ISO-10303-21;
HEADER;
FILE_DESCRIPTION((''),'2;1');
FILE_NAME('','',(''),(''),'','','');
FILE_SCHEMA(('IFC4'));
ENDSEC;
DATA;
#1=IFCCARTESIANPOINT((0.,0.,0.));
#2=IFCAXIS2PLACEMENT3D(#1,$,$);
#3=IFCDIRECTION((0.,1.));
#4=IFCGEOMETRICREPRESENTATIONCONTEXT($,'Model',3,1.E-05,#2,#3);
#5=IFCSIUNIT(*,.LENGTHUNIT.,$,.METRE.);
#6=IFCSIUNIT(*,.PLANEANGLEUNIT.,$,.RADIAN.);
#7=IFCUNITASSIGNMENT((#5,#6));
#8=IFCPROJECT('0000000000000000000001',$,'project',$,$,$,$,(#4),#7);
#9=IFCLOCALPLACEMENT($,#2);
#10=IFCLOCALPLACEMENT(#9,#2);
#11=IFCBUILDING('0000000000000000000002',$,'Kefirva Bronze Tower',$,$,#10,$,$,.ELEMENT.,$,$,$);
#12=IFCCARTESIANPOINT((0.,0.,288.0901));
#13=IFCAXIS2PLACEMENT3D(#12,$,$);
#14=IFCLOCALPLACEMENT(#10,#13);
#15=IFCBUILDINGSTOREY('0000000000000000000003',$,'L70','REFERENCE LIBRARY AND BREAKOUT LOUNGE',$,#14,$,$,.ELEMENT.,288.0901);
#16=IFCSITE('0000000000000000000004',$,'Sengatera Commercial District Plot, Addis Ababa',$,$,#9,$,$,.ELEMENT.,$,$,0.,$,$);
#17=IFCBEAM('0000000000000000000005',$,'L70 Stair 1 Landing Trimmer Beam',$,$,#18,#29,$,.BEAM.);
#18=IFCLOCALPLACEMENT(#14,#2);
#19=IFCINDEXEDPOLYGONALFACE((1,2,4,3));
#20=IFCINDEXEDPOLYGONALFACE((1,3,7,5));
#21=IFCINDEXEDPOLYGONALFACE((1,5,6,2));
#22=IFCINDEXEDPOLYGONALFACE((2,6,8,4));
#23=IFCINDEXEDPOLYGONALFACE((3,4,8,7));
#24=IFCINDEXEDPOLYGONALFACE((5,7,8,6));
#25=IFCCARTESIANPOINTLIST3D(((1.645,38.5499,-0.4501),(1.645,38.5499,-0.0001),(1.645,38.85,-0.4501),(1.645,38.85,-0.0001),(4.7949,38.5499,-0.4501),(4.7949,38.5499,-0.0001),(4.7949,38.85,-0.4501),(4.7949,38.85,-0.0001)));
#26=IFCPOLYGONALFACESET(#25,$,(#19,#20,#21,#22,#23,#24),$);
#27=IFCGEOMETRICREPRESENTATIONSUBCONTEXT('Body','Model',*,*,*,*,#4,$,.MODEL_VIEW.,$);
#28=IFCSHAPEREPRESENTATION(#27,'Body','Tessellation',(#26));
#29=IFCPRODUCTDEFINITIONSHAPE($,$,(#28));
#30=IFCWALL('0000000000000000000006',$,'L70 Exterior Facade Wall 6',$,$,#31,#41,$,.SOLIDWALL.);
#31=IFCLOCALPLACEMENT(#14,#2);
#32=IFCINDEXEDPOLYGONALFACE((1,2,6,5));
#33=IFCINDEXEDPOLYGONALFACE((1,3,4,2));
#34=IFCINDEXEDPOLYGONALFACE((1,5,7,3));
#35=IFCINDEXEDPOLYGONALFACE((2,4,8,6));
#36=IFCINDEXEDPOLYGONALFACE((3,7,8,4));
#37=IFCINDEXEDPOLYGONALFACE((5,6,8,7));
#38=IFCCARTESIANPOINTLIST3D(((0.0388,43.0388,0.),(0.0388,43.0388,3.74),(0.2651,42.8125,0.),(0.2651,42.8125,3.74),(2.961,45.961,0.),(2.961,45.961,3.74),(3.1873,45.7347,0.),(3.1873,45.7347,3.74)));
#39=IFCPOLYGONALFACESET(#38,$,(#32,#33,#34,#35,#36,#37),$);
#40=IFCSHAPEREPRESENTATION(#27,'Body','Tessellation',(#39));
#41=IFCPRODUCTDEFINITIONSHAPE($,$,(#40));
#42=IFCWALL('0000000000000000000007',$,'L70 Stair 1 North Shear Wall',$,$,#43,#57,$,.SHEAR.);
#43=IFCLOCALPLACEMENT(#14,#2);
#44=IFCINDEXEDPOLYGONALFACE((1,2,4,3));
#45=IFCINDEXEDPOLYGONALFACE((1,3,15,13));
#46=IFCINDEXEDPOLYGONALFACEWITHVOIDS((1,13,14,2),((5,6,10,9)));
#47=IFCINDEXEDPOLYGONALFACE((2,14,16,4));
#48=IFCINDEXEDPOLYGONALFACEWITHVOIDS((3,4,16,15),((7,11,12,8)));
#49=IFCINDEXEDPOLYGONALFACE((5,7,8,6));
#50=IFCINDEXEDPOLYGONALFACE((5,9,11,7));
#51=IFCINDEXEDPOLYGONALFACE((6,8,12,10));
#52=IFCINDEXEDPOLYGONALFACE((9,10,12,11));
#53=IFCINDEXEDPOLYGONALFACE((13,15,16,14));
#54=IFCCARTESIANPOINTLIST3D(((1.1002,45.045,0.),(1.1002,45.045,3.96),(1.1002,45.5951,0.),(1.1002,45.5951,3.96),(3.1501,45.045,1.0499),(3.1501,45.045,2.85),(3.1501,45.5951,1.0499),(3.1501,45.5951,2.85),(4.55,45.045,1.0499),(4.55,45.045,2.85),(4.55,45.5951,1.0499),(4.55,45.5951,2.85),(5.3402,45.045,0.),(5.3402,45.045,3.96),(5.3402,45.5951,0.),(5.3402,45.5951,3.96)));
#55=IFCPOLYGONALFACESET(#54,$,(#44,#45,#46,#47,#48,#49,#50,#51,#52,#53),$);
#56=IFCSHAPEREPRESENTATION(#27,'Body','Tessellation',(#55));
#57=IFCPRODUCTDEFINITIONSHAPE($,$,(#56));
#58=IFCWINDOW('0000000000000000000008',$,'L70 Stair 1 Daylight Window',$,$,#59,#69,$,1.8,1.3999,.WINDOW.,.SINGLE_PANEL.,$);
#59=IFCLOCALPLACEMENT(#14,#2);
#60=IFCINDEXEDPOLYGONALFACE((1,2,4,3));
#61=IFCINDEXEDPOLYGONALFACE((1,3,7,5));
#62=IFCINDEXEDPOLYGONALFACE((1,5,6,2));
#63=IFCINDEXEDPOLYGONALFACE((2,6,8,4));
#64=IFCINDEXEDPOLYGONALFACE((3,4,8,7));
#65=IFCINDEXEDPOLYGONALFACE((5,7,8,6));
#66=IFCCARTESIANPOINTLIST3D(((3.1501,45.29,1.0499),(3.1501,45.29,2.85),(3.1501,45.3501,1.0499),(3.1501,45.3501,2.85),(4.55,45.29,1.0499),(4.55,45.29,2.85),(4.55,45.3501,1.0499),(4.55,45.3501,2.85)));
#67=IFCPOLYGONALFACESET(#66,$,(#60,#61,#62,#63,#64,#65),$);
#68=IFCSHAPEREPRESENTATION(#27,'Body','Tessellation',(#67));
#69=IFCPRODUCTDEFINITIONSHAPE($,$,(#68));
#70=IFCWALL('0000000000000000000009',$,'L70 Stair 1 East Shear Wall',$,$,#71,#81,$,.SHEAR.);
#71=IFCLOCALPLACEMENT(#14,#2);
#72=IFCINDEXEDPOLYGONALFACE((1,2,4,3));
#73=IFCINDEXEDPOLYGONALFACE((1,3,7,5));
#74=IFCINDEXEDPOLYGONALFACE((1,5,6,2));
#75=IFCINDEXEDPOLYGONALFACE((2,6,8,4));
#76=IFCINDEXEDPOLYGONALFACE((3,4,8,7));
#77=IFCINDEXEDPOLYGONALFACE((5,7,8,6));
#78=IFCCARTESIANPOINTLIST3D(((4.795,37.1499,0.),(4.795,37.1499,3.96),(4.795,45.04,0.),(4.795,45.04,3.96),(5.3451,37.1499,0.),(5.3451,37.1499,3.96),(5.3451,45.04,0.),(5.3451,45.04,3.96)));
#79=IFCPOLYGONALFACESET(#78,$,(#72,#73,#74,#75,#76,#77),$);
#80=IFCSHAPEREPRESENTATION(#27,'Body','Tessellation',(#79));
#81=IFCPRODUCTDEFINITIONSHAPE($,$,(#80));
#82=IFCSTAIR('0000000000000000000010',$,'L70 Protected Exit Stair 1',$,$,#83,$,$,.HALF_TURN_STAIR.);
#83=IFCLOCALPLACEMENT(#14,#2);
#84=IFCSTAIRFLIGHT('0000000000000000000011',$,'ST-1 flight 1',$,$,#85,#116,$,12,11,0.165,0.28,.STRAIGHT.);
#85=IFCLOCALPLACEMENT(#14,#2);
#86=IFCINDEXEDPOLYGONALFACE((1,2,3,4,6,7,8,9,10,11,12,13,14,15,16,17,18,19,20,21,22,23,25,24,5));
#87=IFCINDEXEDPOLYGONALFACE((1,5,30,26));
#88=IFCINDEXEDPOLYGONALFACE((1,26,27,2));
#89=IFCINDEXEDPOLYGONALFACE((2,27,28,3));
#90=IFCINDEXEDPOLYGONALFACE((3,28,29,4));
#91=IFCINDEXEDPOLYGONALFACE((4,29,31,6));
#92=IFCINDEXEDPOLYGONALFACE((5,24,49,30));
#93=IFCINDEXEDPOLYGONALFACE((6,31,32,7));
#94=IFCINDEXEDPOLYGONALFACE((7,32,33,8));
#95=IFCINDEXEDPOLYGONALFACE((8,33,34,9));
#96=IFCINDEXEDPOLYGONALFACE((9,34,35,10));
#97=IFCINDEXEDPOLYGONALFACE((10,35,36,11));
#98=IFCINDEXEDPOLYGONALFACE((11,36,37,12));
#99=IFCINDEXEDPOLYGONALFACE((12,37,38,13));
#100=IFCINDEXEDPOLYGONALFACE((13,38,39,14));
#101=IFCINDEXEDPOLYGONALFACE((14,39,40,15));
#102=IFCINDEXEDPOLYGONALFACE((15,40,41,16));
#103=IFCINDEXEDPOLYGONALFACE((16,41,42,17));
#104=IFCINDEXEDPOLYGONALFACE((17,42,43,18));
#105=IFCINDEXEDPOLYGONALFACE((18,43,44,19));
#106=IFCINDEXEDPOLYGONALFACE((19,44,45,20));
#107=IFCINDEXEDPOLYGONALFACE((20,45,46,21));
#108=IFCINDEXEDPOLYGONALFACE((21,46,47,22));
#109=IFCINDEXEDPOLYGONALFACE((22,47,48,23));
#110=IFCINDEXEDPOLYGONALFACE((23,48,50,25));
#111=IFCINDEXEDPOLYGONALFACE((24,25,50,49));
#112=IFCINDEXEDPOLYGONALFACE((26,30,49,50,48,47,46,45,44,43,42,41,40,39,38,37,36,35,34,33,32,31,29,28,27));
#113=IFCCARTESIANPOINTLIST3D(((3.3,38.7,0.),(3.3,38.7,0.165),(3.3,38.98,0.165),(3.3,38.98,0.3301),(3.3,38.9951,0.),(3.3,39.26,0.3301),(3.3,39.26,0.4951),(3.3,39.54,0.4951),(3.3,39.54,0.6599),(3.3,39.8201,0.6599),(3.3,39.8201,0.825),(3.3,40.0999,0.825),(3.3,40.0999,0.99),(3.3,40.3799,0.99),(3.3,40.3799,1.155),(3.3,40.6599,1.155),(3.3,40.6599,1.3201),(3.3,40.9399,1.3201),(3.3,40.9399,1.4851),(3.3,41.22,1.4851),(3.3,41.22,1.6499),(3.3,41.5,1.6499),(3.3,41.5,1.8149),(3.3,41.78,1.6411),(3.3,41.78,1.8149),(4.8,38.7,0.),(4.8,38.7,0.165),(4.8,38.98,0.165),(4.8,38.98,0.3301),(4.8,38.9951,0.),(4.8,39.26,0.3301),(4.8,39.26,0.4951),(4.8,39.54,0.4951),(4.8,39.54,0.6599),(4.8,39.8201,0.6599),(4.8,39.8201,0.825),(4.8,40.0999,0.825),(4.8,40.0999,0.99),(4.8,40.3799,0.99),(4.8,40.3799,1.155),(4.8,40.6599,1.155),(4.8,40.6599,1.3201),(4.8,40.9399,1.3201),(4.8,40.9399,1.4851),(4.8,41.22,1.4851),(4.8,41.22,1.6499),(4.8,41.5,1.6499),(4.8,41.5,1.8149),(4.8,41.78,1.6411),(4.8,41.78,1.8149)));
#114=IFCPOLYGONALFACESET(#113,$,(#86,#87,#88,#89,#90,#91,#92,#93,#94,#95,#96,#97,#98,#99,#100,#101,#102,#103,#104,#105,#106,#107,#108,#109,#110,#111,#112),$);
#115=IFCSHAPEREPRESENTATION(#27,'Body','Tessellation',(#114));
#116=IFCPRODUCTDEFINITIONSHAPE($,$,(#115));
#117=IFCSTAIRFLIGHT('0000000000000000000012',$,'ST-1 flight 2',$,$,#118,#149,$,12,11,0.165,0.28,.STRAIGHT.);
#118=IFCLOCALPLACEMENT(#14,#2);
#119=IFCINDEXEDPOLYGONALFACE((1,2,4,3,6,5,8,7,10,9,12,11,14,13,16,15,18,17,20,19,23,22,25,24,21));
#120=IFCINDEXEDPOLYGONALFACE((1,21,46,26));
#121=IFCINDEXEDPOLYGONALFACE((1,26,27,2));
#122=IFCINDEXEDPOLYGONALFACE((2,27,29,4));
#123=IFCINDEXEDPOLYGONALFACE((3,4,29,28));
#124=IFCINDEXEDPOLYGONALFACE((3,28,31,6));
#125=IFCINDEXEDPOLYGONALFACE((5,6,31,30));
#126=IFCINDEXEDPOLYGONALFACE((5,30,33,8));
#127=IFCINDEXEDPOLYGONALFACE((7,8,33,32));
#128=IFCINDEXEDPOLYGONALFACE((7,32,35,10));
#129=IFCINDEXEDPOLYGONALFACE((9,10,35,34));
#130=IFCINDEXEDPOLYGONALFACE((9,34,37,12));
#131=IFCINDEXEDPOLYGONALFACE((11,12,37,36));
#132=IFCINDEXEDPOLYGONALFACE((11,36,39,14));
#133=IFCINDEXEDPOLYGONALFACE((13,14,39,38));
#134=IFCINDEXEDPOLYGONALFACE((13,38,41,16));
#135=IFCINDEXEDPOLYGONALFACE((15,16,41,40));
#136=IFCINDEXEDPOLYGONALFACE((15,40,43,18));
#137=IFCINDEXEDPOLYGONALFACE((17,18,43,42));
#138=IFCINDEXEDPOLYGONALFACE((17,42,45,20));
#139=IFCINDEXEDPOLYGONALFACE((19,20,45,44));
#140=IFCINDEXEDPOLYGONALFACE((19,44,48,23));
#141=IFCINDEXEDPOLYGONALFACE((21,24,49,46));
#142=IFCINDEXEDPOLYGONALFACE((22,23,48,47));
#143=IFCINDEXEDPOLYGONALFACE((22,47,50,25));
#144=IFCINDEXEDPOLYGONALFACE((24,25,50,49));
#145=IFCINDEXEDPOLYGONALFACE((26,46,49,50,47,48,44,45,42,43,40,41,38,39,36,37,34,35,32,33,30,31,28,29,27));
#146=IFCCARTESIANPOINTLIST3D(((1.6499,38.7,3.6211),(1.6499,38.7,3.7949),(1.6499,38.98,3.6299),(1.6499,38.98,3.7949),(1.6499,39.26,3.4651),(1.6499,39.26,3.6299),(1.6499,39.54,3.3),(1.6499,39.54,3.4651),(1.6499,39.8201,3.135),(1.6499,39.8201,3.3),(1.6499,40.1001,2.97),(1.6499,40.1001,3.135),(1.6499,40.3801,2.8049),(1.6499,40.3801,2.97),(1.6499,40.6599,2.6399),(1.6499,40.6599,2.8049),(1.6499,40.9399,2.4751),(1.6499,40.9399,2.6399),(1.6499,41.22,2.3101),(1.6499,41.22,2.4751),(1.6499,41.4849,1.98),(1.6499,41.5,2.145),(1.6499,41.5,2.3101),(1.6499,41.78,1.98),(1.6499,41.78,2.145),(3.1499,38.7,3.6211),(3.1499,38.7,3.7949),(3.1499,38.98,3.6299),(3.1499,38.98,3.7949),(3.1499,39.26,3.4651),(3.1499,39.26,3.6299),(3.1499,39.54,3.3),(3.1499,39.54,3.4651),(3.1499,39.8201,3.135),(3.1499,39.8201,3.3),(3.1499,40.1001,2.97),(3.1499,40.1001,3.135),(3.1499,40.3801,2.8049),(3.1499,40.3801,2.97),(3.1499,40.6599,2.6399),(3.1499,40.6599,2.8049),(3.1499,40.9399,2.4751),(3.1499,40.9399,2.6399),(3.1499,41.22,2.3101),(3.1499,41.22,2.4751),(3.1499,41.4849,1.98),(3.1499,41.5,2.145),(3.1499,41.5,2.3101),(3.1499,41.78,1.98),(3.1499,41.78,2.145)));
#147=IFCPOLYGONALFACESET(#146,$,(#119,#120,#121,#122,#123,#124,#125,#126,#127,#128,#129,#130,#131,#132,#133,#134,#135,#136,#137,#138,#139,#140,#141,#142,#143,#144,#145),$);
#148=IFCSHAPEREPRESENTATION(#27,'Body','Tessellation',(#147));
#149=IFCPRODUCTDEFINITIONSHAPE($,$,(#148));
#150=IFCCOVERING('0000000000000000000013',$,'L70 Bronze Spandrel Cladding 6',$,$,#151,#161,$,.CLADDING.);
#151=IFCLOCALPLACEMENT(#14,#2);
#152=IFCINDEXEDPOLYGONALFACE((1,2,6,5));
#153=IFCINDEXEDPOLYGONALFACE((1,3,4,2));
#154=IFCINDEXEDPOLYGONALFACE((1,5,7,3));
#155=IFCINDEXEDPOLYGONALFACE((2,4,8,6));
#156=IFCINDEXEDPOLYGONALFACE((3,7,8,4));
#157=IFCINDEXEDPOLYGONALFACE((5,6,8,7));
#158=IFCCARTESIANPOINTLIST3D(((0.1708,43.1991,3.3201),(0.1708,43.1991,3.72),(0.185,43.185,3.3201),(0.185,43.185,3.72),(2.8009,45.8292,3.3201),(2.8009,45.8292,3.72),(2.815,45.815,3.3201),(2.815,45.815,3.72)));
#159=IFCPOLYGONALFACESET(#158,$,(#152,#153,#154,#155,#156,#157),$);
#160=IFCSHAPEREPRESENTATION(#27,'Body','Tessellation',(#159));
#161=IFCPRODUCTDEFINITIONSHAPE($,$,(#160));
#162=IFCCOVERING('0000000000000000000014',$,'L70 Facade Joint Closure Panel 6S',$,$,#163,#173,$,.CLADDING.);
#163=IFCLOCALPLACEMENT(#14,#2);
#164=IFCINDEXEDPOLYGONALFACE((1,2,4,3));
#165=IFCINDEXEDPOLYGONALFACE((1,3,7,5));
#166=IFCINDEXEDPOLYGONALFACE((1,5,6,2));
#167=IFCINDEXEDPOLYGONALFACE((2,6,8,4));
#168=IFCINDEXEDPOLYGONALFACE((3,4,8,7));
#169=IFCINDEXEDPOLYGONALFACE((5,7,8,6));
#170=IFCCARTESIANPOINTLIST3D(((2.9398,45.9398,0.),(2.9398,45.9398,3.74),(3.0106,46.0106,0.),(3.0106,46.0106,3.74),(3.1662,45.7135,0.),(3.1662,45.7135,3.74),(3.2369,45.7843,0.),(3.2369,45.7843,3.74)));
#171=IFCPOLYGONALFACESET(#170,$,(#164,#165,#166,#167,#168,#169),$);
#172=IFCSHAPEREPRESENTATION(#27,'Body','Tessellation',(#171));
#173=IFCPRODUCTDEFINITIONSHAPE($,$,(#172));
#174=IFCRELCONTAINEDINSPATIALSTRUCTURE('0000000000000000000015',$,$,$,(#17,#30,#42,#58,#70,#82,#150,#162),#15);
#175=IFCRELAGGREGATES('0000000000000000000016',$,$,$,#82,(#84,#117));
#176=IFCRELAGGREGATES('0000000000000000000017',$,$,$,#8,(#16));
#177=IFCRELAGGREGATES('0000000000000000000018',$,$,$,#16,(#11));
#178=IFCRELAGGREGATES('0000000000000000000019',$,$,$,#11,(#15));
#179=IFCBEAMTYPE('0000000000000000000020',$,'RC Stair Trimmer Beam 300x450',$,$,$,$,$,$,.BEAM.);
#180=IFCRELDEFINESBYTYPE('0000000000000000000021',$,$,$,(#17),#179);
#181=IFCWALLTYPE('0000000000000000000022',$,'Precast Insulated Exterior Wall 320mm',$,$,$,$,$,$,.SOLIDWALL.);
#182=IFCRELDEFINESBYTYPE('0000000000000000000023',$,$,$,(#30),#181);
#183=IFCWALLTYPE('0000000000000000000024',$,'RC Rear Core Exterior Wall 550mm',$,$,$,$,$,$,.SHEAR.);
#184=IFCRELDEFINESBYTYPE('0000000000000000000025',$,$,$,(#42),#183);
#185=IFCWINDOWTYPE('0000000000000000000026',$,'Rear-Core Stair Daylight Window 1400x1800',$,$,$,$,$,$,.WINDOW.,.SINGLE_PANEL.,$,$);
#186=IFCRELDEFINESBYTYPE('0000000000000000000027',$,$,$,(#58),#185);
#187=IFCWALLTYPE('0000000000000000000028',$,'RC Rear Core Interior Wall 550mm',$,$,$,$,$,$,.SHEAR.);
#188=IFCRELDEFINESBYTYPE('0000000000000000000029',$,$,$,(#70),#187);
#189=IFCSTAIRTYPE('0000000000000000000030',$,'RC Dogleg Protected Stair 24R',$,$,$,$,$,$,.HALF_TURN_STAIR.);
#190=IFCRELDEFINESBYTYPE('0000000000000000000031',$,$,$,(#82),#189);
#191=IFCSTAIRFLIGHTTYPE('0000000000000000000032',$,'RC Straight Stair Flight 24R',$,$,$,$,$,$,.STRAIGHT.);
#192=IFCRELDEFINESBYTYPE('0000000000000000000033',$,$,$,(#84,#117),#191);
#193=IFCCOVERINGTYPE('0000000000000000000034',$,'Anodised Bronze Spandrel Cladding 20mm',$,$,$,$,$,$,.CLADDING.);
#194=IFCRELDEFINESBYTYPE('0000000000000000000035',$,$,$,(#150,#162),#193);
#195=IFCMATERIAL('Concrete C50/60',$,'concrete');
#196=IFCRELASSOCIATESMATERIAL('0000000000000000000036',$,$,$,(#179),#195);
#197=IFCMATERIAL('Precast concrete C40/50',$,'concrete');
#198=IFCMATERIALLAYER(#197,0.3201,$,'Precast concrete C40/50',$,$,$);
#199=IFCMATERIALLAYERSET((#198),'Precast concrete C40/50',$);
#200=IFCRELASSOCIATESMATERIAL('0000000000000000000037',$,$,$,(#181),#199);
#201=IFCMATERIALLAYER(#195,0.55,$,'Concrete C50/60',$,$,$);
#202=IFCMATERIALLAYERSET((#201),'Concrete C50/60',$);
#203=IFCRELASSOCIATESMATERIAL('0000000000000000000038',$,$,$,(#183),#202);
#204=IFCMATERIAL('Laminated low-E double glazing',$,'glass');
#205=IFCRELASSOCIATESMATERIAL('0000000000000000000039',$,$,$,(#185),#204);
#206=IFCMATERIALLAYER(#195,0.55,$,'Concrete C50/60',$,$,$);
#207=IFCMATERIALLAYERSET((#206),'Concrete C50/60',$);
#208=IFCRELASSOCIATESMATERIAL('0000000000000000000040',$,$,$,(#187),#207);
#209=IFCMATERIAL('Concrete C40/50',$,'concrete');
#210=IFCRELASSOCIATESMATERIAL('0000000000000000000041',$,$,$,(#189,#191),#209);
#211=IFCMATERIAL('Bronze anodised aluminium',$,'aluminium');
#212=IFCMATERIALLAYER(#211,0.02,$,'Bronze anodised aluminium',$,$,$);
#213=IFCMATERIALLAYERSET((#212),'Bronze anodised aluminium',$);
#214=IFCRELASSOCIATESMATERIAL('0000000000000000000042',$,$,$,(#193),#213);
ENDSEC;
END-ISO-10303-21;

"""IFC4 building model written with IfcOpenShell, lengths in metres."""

from ifc_helpers import new_model, si_unit, direction, frame, frame_2d, origin, origin_2d, place, context, subcontext, project, spatial, polyline, rectangle, outline, extrude, material, layer, layer_set, material_profile, profile_set, type_object, element, fill, aggregate, save


model = new_model("IFC4")

# Units and contexts
model_context = context("Model", 3, precision=1e-05, world=origin(), true_north=direction((0.0, 1.0)))
body_context = subcontext(model_context, "Body", "Model", "MODEL_VIEW")
ifc_project = project(units=[si_unit("LENGTHUNIT", "METRE"), si_unit("PLANEANGLEUNIT", "RADIAN")], contexts=[model_context])

# Site, building, storey
site_placement = place(None, origin())
site = spatial("IfcSite", under=ifc_project, at=site_placement, Name="Sengatera Commercial District Plot, Addis Ababa", CompositionType="ELEMENT", RefElevation=0.0)
building_placement = place(site_placement, origin())
building = spatial("IfcBuilding", under=site, at=building_placement, Name="Kefirva Bronze Tower", CompositionType="ELEMENT")
storey_placement = place(building_placement, frame((0.0, 0.0, 288.0901)))
storey = spatial("IfcBuildingStorey", under=building, at=storey_placement, Name="L70", Description="REFERENCE LIBRARY AND BREAKOUT LOUNGE", CompositionType="ELEMENT", Elevation=288.0901)

# Beam
ifc_material_1 = material(Name="Concrete C50/60", Category="concrete")
ifc_material_profile = material_profile(ifc_material_1, rectangle(XDim=0.3, YDim=0.45, at=origin_2d()), Name="RC 300x450")
ifc_profile_set = profile_set([ifc_material_profile], Name="Concrete C50/60")
beam_type = type_object("IfcBeamType", Name="RC Stair Trimmer Beam 300x450", PredefinedType="BEAM", material=ifc_profile_set)
beam_placement = place(storey_placement, frame((1.645, 38.7, -0.2251), z_axis=(1.0, 0.0, 0.0), x_axis=(0.0, 1.0, 0.0)))
element("IfcBeam", 1, at=beam_placement, inside=storey, type_object=beam_type, Name="L70 Stair 1 Landing Trimmer Beam", PredefinedType="BEAM", context=body_context, shape_type="SweptSolid", body=[
    extrude(rectangle(XDim=0.3, YDim=0.45, at=origin_2d()), origin(), (0.0, 0.0, 1.0), 3.1499),
])

# Wall
ifc_material_2 = material(Name="Precast concrete C40/50", Category="concrete")
ifc_layer_1 = layer(ifc_material_2, 0.3201, Name="Precast concrete C40/50")
ifc_layer_set_1 = layer_set([ifc_layer_1], Name="Precast concrete C40/50")
wall_type_1 = type_object("IfcWallType", Name="Precast Insulated Exterior Wall 320mm", PredefinedType="SOLIDWALL", material=ifc_layer_set_1)
wall_1_placement = place(storey_placement, frame((3.0742, 45.8479, 0.0), z_axis=(0.0, 0.0, 1.0), x_axis=(-0.707107, -0.707107, 0.0)))
element("IfcWall", 2, at=wall_1_placement, inside=storey, type_object=wall_type_1, Name="L70 Exterior Facade Wall 6", PredefinedType="SOLIDWALL", context=body_context, shape_type="SweptSolid", body=[
    extrude(rectangle(XDim=4.1326, YDim=0.3201, at=frame_2d((2.0664, 0.0))), origin(), (0.0, 0.0, 1.0), 3.74),
])

# Wall, opening, window
ifc_layer_2 = layer(ifc_material_1, 0.55, Name="Concrete C50/60")
ifc_layer_set_2 = layer_set([ifc_layer_2], Name="Concrete C50/60")
wall_type_2 = type_object("IfcWallType", Name="RC Rear Core Exterior Wall 550mm", PredefinedType="SHEAR", material=ifc_layer_set_2)
wall_2_placement = place(storey_placement, frame((1.1001, 45.3201, 0.0), z_axis=(0.0, 0.0, 1.0), x_axis=(1.0, 0.0, 0.0)))
wall_2 = element("IfcWall", 3, at=wall_2_placement, inside=storey, type_object=wall_type_2, Name="L70 Stair 1 North Shear Wall", PredefinedType="SHEAR", context=body_context, shape_type="SweptSolid", body=[
    extrude(rectangle(XDim=4.24, YDim=0.55, at=frame_2d((2.1201, 0.0))), origin(), (0.0, 0.0, 1.0), 3.96),
])
opening_1_placement = place(wall_2_placement, frame((2.05, 0.0, 1.05)))
opening_1 = element("IfcOpeningElement", 4, at=opening_1_placement, cuts=wall_2, PredefinedType="OPENING", context=body_context, shape_type="SweptSolid", body=[
    extrude(rectangle(XDim=1.3999, YDim=1.8, at=frame_2d((0.7, 0.8999))), frame((0.0, 0.2852, 0.0), z_axis=(0.0, -1.0, 0.0), x_axis=(1.0, 0.0, 0.0)), (0.0, 0.0, 1.0), 0.5701),
])
ifc_material_3 = material(Name="Laminated low-E double glazing", Category="glass")
window_type = type_object("IfcWindowType", Name="Rear-Core Stair Daylight Window 1400x1800", PartitioningType="SINGLE_PANEL", PredefinedType="WINDOW", material=ifc_material_3)
window_placement = place(opening_1_placement, origin())
window = element("IfcWindow", 5, at=window_placement, inside=storey, type_object=window_type, Name="L70 Stair 1 Daylight Window", OverallHeight=1.8, OverallWidth=1.3999, PartitioningType="SINGLE_PANEL", PredefinedType="WINDOW", context=body_context, shape_type="SweptSolid", body=[
    extrude(rectangle(XDim=1.3999, YDim=1.8, at=frame_2d((0.7, 0.8999))), frame((0.0, 0.03, 0.0), z_axis=(0.0, -1.0, 0.0), x_axis=(1.0, 0.0, 0.0)), (0.0, 0.0, 1.0), 0.0601),
])
fill(opening_1, window)

# Wall
ifc_layer_3 = layer(ifc_material_1, 0.55, Name="Concrete C50/60")
ifc_layer_set_3 = layer_set([ifc_layer_3], Name="Concrete C50/60")
wall_type_3 = type_object("IfcWallType", Name="RC Rear Core Interior Wall 550mm", PredefinedType="SHEAR", material=ifc_layer_set_3)
wall_3_placement = place(storey_placement, frame((5.0701, 37.1499, 0.0), z_axis=(0.0, 0.0, 1.0), x_axis=(0.0, 1.0, 0.0)))
element("IfcWall", 6, at=wall_3_placement, inside=storey, type_object=wall_type_3, Name="L70 Stair 1 East Shear Wall", PredefinedType="SHEAR", context=body_context, shape_type="SweptSolid", body=[
    extrude(rectangle(XDim=7.8901, YDim=0.55, at=frame_2d((3.9451, 0.0))), origin(), (0.0, 0.0, 1.0), 3.96),
])

# Stair, stair flights
ifc_material_4 = material(Name="Concrete C40/50", Category="concrete")
stair_type = type_object("IfcStairType", Name="RC Dogleg Protected Stair 24R", PredefinedType="HALF_TURN_STAIR", material=ifc_material_4)
stair_placement = place(storey_placement, origin())
stair = element("IfcStair", 7, at=stair_placement, inside=storey, type_object=stair_type, Name="L70 Protected Exit Stair 1", PredefinedType="HALF_TURN_STAIR")
stair_flight_type = type_object("IfcStairFlightType", Name="RC Straight Stair Flight 24R", PredefinedType="STRAIGHT", material=ifc_material_4)
stair_flight_1_placement = place(storey_placement, frame((4.05, 38.7, 0.0), z_axis=(0.0, 0.0, 1.0), x_axis=(0.0, 1.0, 0.0)))
stair_flight_1 = element("IfcStairFlight", 8, at=stair_flight_1_placement, type_object=stair_flight_type, Name="ST-1 flight 1", NumberOfRisers=12, NumberOfTreads=11, PredefinedType="STRAIGHT", RiserHeight=0.165, TreadLength=0.28, context=body_context, shape_type="SweptSolid", body=[
    extrude(outline(polyline([(0.0, 0.0), (0.0, 0.165), (0.28, 0.165), (0.28, 0.3301), (0.5601, 0.3301), (0.5601, 0.4951), (0.8401, 0.4951), (0.8401, 0.6599), (1.1201, 0.6599), (1.1201, 0.825), (1.3999, 0.825), (1.3999, 0.99), (1.6799, 0.99), (1.6799, 1.155), (1.96, 1.155), (1.96, 1.3201), (2.24, 1.3201), (2.24, 1.4851), (2.52, 1.4851), (2.52, 1.6499), (2.8, 1.6499), (2.8, 1.8149), (3.0801, 1.8149), (3.0801, 1.98), (3.0801, 1.6411), (0.2952, 0.0), (0.0, 0.0)])), frame((0.0, 0.75, 0.0), z_axis=(0.0, -1.0, 0.0), x_axis=(1.0, 0.0, 0.0)), (0.0, 0.0, 1.0), 1.5),
])
stair_flight_2_placement = place(storey_placement, frame((2.3999, 41.78, 1.98), z_axis=(0.0, 0.0, 1.0), x_axis=(0.0, -1.0, 0.0)))
stair_flight_2 = element("IfcStairFlight", 9, at=stair_flight_2_placement, type_object=stair_flight_type, Name="ST-1 flight 2", NumberOfRisers=12, NumberOfTreads=11, PredefinedType="STRAIGHT", RiserHeight=0.165, TreadLength=0.28, context=body_context, shape_type="SweptSolid", body=[
    extrude(outline(polyline([(0.0, 0.0), (0.0, 0.165), (0.28, 0.165), (0.28, 0.3301), (0.5601, 0.3301), (0.5601, 0.4951), (0.8401, 0.4951), (0.8401, 0.6599), (1.1201, 0.6599), (1.1201, 0.825), (1.3999, 0.825), (1.3999, 0.99), (1.6799, 0.99), (1.6799, 1.155), (1.96, 1.155), (1.96, 1.3201), (2.24, 1.3201), (2.24, 1.4851), (2.52, 1.4851), (2.52, 1.6499), (2.8, 1.6499), (2.8, 1.8149), (3.0801, 1.8149), (3.0801, 1.98), (3.0801, 1.6411), (0.2952, 0.0), (0.0, 0.0)])), frame((0.0, 0.75, 0.0), z_axis=(0.0, -1.0, 0.0), x_axis=(1.0, 0.0, 0.0)), (0.0, 0.0, 1.0), 1.5),
])
aggregate(stair, [stair_flight_1, stair_flight_2])

# Coverings
ifc_material_5 = material(Name="Bronze anodised aluminium", Category="aluminium")
ifc_layer_4 = layer(ifc_material_5, 0.02, Name="Bronze anodised aluminium")
ifc_layer_set_4 = layer_set([ifc_layer_4], Name="Bronze anodised aluminium")
covering_type_1 = type_object("IfcCoveringType", Name="Anodised Bronze Spandrel Cladding 20mm", PredefinedType="CLADDING", material=ifc_layer_set_4)
covering_1_placement = place(storey_placement, frame((1.4929, 44.5071, 3.3201), z_axis=(0.0, 0.0, 1.0), x_axis=(-0.707107, -0.707107, 0.0)))
element("IfcCovering", 10, at=covering_1_placement, inside=storey, type_object=covering_type_1, Name="L70 Bronze Spandrel Cladding 6", PredefinedType="CLADDING", context=body_context, shape_type="SweptSolid", body=[
    extrude(rectangle(XDim=3.7195, YDim=0.02, at=origin_2d()), origin(), (0.0, 0.0, 1.0), 0.3999),
])
for number, where, z_axis, x_axis, name in (
    (11, (3.0884, 45.8621, 0.0), (0.0, 0.0, 1.0), (-0.707107, -0.707107, 0.0), "L70 Facade Joint Closure Panel 6S"),
):
    element("IfcCovering", number, at=place(storey_placement, frame(where, z_axis=z_axis, x_axis=x_axis)), inside=storey, type_object=covering_type_1, Name=name, PredefinedType="CLADDING", context=body_context, shape_type="SweptSolid", body=[
        extrude(rectangle(XDim=0.1001, YDim=0.3201, at=origin_2d()), origin(), (0.0, 0.0, 1.0), 3.74),
    ])

save(model, "model.ifc")
